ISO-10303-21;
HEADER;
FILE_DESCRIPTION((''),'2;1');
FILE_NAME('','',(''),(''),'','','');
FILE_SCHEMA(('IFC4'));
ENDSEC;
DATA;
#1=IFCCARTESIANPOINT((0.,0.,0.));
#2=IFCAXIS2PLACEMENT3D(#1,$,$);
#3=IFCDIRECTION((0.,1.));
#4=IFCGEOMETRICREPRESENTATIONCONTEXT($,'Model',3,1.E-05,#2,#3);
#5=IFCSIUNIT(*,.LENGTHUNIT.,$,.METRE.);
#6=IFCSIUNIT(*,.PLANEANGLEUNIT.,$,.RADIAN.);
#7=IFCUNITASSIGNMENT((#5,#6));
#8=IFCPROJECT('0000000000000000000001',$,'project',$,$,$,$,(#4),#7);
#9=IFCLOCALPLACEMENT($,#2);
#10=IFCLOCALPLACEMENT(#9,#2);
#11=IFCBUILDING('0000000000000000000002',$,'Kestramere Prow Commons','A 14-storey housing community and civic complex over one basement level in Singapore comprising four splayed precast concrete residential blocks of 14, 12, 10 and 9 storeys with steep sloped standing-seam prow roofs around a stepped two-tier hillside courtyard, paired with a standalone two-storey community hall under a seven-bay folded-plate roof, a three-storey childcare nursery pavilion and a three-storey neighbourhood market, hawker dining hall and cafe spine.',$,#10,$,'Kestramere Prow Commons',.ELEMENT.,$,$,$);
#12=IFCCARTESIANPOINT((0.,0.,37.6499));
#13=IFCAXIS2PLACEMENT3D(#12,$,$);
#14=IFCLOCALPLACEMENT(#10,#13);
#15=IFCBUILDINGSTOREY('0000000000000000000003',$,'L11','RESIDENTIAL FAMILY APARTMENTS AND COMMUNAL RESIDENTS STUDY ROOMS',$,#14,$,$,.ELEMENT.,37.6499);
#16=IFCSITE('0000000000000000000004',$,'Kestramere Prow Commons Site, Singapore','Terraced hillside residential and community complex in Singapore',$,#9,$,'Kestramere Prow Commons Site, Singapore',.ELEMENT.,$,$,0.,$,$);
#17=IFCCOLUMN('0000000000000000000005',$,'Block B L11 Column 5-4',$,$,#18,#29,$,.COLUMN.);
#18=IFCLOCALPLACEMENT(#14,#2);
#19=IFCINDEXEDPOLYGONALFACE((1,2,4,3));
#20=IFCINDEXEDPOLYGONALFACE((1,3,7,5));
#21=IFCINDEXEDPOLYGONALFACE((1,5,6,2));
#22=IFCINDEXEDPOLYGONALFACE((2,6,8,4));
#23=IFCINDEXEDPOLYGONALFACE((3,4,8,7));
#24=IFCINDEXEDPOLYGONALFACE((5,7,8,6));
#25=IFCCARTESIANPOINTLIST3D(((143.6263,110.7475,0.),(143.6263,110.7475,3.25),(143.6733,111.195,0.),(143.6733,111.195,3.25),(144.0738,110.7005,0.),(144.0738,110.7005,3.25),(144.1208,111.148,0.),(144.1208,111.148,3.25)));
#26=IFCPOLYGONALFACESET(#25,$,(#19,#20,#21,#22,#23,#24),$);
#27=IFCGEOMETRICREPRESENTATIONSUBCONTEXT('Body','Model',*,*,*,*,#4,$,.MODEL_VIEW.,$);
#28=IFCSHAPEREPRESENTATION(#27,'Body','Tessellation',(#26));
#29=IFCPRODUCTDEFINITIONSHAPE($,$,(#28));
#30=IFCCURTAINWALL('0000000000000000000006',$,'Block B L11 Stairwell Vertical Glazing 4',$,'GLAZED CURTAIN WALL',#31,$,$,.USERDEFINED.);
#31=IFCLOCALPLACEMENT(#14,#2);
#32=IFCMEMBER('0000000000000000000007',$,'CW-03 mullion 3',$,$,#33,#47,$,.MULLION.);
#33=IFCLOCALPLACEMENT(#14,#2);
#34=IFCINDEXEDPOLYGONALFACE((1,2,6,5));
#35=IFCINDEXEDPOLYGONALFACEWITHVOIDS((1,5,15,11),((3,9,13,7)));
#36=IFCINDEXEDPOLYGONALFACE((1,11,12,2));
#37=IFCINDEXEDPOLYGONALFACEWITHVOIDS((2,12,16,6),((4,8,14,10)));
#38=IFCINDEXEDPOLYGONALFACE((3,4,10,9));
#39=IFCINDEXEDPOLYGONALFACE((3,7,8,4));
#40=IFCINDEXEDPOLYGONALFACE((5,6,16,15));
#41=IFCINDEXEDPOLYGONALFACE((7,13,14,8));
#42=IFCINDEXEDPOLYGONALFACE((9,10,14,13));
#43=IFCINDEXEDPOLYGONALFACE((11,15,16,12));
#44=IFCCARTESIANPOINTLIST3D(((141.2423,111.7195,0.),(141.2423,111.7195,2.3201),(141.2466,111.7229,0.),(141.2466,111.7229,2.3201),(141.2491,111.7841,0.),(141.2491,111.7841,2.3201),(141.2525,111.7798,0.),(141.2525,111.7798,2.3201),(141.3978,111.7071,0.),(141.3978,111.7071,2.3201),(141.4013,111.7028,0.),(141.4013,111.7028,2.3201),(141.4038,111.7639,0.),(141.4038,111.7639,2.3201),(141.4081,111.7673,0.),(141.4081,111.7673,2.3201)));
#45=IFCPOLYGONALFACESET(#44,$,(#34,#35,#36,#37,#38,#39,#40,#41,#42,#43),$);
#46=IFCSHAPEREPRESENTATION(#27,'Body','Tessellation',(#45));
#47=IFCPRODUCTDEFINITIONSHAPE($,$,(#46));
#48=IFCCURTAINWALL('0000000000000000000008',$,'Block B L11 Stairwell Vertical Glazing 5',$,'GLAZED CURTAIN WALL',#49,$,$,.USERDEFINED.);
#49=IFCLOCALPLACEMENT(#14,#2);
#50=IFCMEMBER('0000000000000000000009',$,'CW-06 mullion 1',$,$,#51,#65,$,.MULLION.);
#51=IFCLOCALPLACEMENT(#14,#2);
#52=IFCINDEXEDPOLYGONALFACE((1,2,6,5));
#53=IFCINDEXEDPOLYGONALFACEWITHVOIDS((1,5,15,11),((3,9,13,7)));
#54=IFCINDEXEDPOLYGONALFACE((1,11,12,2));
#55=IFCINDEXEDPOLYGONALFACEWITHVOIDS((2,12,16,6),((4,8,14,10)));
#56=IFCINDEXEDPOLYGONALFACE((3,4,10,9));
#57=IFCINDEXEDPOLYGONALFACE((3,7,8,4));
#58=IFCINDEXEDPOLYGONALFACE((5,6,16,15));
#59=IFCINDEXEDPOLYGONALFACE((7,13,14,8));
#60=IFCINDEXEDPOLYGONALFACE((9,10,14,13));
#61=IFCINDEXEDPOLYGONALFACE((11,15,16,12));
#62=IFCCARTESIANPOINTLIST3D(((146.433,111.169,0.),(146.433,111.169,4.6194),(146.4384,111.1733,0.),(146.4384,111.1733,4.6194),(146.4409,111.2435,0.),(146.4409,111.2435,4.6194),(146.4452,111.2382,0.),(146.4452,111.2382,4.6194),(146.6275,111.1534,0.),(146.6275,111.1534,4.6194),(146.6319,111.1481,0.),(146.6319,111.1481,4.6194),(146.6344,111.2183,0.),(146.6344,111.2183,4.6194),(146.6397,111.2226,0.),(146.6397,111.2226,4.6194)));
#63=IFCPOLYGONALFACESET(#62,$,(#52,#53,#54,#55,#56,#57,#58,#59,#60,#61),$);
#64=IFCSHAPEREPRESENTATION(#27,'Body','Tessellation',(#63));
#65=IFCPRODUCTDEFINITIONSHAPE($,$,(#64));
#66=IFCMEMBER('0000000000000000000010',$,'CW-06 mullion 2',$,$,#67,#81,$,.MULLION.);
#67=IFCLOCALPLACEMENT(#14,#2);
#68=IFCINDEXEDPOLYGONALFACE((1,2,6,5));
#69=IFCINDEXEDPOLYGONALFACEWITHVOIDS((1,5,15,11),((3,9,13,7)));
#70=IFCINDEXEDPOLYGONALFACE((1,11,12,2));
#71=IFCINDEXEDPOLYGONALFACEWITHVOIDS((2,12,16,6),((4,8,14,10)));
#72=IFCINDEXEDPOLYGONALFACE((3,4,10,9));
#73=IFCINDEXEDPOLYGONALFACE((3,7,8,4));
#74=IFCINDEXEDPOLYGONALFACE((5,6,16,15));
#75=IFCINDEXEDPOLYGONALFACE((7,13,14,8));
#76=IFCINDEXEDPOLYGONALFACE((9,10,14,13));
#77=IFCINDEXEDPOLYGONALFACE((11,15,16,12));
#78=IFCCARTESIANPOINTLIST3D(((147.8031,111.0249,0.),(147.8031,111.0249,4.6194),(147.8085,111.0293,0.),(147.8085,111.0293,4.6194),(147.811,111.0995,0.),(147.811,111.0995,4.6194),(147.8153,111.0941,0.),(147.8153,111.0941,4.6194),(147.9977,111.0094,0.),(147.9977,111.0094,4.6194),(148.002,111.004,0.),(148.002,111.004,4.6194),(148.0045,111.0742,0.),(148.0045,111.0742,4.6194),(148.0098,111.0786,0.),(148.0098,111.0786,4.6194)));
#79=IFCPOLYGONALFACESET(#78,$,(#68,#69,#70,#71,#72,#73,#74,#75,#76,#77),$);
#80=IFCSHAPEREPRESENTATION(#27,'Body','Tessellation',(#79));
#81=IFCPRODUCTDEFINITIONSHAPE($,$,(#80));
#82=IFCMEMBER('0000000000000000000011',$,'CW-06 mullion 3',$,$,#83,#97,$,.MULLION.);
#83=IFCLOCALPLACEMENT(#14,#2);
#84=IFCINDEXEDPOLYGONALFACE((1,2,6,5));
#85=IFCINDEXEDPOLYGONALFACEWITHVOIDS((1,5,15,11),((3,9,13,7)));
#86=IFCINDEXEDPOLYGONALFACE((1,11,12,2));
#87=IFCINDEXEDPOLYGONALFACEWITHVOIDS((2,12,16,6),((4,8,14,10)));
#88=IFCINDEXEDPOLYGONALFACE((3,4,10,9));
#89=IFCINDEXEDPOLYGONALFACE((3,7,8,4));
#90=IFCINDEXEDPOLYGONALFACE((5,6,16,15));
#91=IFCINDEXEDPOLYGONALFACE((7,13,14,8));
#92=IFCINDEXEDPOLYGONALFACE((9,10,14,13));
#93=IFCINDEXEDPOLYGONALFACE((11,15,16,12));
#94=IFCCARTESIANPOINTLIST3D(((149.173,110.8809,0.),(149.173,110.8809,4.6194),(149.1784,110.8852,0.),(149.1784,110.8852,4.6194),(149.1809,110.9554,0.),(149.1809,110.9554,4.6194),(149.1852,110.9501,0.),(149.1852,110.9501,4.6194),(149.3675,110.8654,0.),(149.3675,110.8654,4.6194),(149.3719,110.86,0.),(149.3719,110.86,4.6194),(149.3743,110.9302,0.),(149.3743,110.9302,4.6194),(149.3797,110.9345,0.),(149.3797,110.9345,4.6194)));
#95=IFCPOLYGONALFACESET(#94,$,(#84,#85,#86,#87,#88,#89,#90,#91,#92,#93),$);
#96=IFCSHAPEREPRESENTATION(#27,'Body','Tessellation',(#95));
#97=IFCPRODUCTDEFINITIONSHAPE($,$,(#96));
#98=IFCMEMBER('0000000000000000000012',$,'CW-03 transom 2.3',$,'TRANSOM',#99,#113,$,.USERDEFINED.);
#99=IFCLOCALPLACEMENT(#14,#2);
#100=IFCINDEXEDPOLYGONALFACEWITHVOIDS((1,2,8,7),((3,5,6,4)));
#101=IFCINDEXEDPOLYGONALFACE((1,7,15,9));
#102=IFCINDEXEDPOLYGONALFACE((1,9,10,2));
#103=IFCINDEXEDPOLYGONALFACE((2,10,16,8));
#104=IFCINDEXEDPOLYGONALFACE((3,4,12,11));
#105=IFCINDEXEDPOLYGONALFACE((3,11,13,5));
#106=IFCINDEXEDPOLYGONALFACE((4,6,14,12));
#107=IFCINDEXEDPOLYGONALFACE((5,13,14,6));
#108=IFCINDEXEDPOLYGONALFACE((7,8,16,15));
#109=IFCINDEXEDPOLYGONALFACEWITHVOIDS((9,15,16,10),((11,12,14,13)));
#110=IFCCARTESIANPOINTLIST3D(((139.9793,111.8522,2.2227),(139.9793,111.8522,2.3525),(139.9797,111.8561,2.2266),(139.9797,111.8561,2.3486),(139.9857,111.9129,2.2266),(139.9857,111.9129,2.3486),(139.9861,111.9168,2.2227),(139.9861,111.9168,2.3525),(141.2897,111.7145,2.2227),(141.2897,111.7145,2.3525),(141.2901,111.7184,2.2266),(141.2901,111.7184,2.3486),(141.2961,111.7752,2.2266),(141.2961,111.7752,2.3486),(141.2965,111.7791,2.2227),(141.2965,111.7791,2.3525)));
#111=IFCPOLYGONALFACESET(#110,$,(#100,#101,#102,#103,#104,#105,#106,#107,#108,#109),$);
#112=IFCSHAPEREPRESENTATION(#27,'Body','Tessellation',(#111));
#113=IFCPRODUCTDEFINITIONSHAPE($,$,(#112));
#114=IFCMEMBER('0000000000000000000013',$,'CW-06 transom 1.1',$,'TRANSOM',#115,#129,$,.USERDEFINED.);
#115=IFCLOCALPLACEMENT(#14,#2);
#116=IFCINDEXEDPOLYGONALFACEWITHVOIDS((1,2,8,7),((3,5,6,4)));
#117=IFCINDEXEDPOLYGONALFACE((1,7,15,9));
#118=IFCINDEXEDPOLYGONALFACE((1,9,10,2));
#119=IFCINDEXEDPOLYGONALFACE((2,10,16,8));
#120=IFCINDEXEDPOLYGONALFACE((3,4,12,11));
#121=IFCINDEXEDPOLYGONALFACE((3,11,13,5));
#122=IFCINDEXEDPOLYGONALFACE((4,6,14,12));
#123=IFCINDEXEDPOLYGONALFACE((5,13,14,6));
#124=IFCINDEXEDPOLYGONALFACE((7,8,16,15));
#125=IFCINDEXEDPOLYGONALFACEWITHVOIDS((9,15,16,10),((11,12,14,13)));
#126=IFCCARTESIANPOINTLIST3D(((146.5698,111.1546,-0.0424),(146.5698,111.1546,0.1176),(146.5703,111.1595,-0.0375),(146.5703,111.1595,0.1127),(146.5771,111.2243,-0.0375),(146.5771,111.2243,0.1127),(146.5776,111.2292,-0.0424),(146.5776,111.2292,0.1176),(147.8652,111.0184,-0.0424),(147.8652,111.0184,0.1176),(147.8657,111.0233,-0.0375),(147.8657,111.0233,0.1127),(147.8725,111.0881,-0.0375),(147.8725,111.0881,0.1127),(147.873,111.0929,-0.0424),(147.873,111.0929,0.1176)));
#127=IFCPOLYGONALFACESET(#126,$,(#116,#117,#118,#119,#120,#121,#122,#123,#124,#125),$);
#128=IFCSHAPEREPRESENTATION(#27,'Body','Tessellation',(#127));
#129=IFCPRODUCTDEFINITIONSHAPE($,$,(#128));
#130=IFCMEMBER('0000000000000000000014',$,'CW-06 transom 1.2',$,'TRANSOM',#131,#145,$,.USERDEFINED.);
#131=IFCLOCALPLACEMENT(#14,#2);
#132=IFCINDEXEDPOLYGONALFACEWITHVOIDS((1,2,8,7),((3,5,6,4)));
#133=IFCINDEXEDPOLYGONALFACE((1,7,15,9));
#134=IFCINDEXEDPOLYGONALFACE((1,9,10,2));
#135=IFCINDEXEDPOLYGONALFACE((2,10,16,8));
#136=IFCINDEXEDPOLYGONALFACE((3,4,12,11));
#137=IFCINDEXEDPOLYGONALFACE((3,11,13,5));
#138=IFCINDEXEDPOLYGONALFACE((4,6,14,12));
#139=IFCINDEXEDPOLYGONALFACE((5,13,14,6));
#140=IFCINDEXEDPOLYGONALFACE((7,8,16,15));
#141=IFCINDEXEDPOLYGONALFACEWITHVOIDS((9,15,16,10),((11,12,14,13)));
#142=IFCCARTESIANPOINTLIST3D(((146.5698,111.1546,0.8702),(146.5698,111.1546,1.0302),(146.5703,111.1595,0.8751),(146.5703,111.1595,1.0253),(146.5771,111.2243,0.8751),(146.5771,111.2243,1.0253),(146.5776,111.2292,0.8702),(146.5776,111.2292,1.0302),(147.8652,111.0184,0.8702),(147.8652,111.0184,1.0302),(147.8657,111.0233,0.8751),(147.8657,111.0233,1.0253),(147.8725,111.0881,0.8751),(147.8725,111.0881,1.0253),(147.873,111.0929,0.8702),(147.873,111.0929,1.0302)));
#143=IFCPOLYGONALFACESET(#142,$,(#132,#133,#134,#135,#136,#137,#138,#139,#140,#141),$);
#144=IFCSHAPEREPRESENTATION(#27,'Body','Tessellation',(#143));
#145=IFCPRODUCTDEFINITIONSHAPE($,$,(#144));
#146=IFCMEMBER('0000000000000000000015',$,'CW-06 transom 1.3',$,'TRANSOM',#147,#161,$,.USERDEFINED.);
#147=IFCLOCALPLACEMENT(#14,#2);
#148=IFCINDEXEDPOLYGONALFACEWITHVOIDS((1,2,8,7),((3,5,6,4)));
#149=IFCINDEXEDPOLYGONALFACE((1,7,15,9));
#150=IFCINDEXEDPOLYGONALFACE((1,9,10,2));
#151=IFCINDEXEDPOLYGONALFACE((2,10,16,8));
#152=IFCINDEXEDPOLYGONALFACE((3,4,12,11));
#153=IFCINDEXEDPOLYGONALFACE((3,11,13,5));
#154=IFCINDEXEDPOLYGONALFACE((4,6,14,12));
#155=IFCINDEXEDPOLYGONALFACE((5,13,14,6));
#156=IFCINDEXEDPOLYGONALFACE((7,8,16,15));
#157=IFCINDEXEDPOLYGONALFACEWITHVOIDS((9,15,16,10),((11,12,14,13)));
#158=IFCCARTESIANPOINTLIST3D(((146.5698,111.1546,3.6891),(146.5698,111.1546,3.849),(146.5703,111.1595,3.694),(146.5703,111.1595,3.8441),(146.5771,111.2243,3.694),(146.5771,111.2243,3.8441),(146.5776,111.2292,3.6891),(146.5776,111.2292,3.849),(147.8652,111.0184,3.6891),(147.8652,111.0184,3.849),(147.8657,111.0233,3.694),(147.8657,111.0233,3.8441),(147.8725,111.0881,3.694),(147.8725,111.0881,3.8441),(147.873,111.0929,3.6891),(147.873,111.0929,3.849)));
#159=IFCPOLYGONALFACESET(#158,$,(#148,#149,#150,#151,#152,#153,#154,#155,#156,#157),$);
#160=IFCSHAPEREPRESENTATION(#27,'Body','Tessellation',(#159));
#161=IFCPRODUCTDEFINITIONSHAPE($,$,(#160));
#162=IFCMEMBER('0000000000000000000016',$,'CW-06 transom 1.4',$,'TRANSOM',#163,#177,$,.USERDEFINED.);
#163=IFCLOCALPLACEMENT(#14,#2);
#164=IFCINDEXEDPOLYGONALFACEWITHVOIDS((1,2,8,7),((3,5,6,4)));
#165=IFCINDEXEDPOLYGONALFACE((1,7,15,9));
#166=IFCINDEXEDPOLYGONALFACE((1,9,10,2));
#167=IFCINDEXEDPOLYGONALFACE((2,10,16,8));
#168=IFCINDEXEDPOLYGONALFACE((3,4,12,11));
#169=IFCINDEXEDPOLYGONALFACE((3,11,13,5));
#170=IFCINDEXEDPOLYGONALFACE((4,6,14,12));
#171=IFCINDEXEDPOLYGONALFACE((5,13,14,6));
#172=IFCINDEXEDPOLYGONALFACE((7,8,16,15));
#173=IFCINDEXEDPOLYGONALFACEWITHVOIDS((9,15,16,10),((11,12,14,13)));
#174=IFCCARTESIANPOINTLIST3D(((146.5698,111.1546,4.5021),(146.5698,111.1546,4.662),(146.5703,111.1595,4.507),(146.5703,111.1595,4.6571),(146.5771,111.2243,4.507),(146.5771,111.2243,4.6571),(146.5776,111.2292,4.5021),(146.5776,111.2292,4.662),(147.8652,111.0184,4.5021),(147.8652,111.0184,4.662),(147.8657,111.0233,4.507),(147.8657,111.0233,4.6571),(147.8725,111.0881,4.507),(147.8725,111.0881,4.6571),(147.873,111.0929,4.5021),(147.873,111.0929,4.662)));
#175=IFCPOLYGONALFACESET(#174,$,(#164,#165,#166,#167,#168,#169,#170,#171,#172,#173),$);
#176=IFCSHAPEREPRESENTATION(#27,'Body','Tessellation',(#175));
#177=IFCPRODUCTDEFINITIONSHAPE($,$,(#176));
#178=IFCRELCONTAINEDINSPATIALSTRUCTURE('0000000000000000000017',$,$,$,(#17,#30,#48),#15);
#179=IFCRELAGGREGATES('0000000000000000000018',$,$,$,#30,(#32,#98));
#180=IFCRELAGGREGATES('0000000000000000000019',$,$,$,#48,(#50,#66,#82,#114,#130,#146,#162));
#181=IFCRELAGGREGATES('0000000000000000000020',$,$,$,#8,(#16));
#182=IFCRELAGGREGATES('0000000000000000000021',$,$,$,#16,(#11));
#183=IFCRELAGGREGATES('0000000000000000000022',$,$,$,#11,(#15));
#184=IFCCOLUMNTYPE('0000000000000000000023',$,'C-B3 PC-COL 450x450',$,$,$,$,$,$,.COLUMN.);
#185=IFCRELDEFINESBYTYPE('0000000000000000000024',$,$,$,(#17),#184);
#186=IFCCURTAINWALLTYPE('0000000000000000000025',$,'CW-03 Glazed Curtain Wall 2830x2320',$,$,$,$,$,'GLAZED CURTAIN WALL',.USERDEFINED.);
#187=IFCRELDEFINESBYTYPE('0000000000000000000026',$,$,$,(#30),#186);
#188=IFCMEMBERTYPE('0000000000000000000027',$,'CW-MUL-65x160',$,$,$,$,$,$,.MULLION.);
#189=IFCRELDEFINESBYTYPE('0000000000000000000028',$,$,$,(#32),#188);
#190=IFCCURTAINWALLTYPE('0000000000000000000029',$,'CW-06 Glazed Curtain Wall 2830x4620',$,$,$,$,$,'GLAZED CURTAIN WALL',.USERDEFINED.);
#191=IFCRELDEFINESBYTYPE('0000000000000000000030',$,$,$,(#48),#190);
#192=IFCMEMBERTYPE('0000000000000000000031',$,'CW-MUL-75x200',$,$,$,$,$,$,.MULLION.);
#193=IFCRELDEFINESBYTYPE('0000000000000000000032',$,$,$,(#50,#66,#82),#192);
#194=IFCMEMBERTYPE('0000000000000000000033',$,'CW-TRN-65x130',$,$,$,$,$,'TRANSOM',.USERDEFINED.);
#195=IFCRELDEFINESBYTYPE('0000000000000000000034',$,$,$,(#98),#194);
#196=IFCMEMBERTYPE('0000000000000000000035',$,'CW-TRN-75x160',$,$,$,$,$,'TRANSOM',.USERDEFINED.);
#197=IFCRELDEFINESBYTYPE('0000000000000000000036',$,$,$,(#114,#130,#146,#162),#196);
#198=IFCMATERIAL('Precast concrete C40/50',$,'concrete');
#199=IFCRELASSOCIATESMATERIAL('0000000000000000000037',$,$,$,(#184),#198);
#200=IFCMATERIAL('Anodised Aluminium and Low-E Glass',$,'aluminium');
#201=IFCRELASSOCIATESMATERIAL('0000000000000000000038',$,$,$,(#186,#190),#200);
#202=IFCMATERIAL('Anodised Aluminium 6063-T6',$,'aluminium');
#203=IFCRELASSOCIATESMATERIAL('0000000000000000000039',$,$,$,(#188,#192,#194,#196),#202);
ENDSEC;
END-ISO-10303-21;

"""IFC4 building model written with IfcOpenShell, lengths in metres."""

from ifc_helpers import new_model, si_unit, direction, frame, origin, origin_2d, place, context, subcontext, project, spatial, rectangle, hollow_rectangle, extrude, material, material_profile, profile_set, type_object, element, aggregate, save


model = new_model("IFC4")

# Units and contexts
model_context = context("Model", 3, precision=1e-05, world=origin(), true_north=direction((0.0, 1.0)))
body_context = subcontext(model_context, "Body", "Model", "MODEL_VIEW")
ifc_project = project(units=[si_unit("LENGTHUNIT", "METRE"), si_unit("PLANEANGLEUNIT", "RADIAN")], contexts=[model_context])

# Site, building, storey
site_placement = place(None, origin())
site = spatial("IfcSite", under=ifc_project, at=site_placement, Name="Kestramere Prow Commons Site, Singapore", Description="Terraced hillside residential and community complex in Singapore", LongName="Kestramere Prow Commons Site, Singapore", CompositionType="ELEMENT", RefElevation=0.0)
building_placement = place(site_placement, origin())
building = spatial("IfcBuilding", under=site, at=building_placement, Name="Kestramere Prow Commons", Description="A 14-storey housing community and civic complex over one basement level in Singapore comprising four splayed precast concrete residential blocks of 14, 12, 10 and 9 storeys with steep sloped standing-seam prow roofs around a stepped two-tier hillside courtyard, paired with a standalone two-storey community hall under a seven-bay folded-plate roof, a three-storey childcare nursery pavilion and a three-storey neighbourhood market, hawker dining hall and cafe spine.", LongName="Kestramere Prow Commons", CompositionType="ELEMENT")
storey_placement = place(building_placement, frame((0.0, 0.0, 37.6499)))
storey = spatial("IfcBuildingStorey", under=building, at=storey_placement, Name="L11", Description="RESIDENTIAL FAMILY APARTMENTS AND COMMUNAL RESIDENTS STUDY ROOMS", CompositionType="ELEMENT", Elevation=37.6499)

# Column
ifc_material_1 = material(Name="Precast concrete C40/50", Category="concrete")
ifc_material_profile_1 = material_profile(ifc_material_1, rectangle(XDim=0.45, YDim=0.45, at=origin_2d()), Name="PC-COL 450x450")
ifc_profile_set_1 = profile_set([ifc_material_profile_1], Name="Precast concrete C40/50")
column_type = type_object("IfcColumnType", Name="C-B3 PC-COL 450x450", PredefinedType="COLUMN", material=ifc_profile_set_1)
column_placement = place(storey_placement, frame((143.8735, 110.9478, 0.0), z_axis=(0.0, 0.0, 1.0), x_axis=(0.994522, -0.104528, 0.0)))
element("IfcColumn", 1, at=column_placement, inside=storey, type_object=column_type, Name="Block B L11 Column 5-4", PredefinedType="COLUMN", context=body_context, shape_type="SweptSolid", body=[
    extrude(rectangle(XDim=0.45, YDim=0.45, at=origin_2d()), origin(), (0.0, 0.0, 1.0), 3.25),
])

# Curtain wall, member
ifc_material_2 = material(Name="Anodised Aluminium and Low-E Glass", Category="aluminium")
curtain_wall_type_1 = type_object("IfcCurtainWallType", Name="CW-03 Glazed Curtain Wall 2830x2320", ElementType="GLAZED CURTAIN WALL", PredefinedType="USERDEFINED", material=ifc_material_2)
curtain_wall_1_placement = place(storey_placement, origin())
curtain_wall_1 = element("IfcCurtainWall", 2, at=curtain_wall_1_placement, inside=storey, type_object=curtain_wall_type_1, Name="Block B L11 Stairwell Vertical Glazing 4", ObjectType="GLAZED CURTAIN WALL", PredefinedType="USERDEFINED")
ifc_material_3 = material(Name="Anodised Aluminium 6063-T6", Category="aluminium")
ifc_material_profile_2 = material_profile(ifc_material_3, hollow_rectangle(XDim=0.0649, YDim=0.1599, WallThickness=0.0039, at=origin_2d()), Name="ALU-MUL 65x160")
ifc_profile_set_2 = profile_set([ifc_material_profile_2], Name="Anodised Aluminium 6063-T6")
member_type_1 = type_object("IfcMemberType", Name="CW-MUL-65x160", PredefinedType="MULLION", material=ifc_profile_set_2)
member_1_placement = place(storey_placement, frame((141.3252, 111.7434, 0.0), z_axis=(0.0, 0.0, 1.0), x_axis=(0.104529, 0.994522, 0.0)))
member_1 = element("IfcMember", 3, at=member_1_placement, type_object=member_type_1, Name="CW-03 mullion 3", PredefinedType="MULLION", context=body_context, shape_type="SweptSolid", body=[
    extrude(hollow_rectangle(XDim=0.0649, YDim=0.1599, WallThickness=0.0039, at=origin_2d()), origin(), (0.0, 0.0, 1.0), 2.3201),
])

# Curtain wall, members
curtain_wall_type_2 = type_object("IfcCurtainWallType", Name="CW-06 Glazed Curtain Wall 2830x4620", ElementType="GLAZED CURTAIN WALL", PredefinedType="USERDEFINED", material=ifc_material_2)
curtain_wall_2_placement = place(storey_placement, origin())
curtain_wall_2 = element("IfcCurtainWall", 4, at=curtain_wall_2_placement, inside=storey, type_object=curtain_wall_type_2, Name="Block B L11 Stairwell Vertical Glazing 5", ObjectType="GLAZED CURTAIN WALL", PredefinedType="USERDEFINED")
ifc_material_profile_3 = material_profile(ifc_material_3, hollow_rectangle(XDim=0.075, YDim=0.2, WallThickness=0.0049, at=origin_2d()), Name="ALU-MUL 75x200")
ifc_profile_set_3 = profile_set([ifc_material_profile_3], Name="Anodised Aluminium 6063-T6")
member_type_2 = type_object("IfcMemberType", Name="CW-MUL-75x200", PredefinedType="MULLION", material=ifc_profile_set_3)
member_2_placement = place(storey_placement, frame((146.5364, 111.1958, 0.0), z_axis=(0.0, 0.0, 1.0), x_axis=(0.104528, 0.994522, 0.0)))
member_2 = element("IfcMember", 5, at=member_2_placement, type_object=member_type_2, Name="CW-06 mullion 1", PredefinedType="MULLION", context=body_context, shape_type="SweptSolid", body=[
    extrude(hollow_rectangle(XDim=0.075, YDim=0.2, WallThickness=0.0049, at=origin_2d()), origin(), (0.0, 0.0, 1.0), 4.6194),
])
member_3_placement = place(storey_placement, frame((147.9065, 111.0518, 0.0), z_axis=(0.0, 0.0, 1.0), x_axis=(0.104528, 0.994522, 0.0)))
member_3 = element("IfcMember", 6, at=member_3_placement, type_object=member_type_2, Name="CW-06 mullion 2", PredefinedType="MULLION", context=body_context, shape_type="SweptSolid", body=[
    extrude(hollow_rectangle(XDim=0.075, YDim=0.2, WallThickness=0.0049, at=origin_2d()), origin(), (0.0, 0.0, 1.0), 4.6194),
])
member_4_placement = place(storey_placement, frame((149.2764, 110.9077, 0.0), z_axis=(0.0, 0.0, 1.0), x_axis=(0.104528, 0.994522, 0.0)))
member_4 = element("IfcMember", 7, at=member_4_placement, type_object=member_type_2, Name="CW-06 mullion 3", PredefinedType="MULLION", context=body_context, shape_type="SweptSolid", body=[
    extrude(hollow_rectangle(XDim=0.075, YDim=0.2, WallThickness=0.0049, at=origin_2d()), origin(), (0.0, 0.0, 1.0), 4.6194),
])

# Members
ifc_material_profile_4 = material_profile(ifc_material_3, hollow_rectangle(XDim=0.0649, YDim=0.1299, WallThickness=0.0039, at=origin_2d()), Name="ALU-TRN 65x130")
ifc_profile_set_4 = profile_set([ifc_material_profile_4], Name="Anodised Aluminium 6063-T6")
member_type_3 = type_object("IfcMemberType", Name="CW-TRN-65x130", ElementType="TRANSOM", PredefinedType="USERDEFINED", material=ifc_profile_set_4)
member_5_placement = place(storey_placement, frame((139.9827, 111.8845, 2.2876), z_axis=(0.994524, -0.104511, 0.0), x_axis=(0.104511, 0.994524, 0.0)))
member_5 = element("IfcMember", 8, at=member_5_placement, type_object=member_type_3, Name="CW-03 transom 2.3", ObjectType="TRANSOM", PredefinedType="USERDEFINED", context=body_context, shape_type="SweptSolid", body=[
    extrude(hollow_rectangle(XDim=0.0649, YDim=0.1299, WallThickness=0.0039, at=origin_2d()), origin(), (0.0, 0.0, 1.0), 1.3176),
])
ifc_material_profile_5 = material_profile(ifc_material_3, hollow_rectangle(XDim=0.075, YDim=0.1599, WallThickness=0.0049, at=origin_2d()), Name="ALU-TRN 75x160")
ifc_profile_set_5 = profile_set([ifc_material_profile_5], Name="Anodised Aluminium 6063-T6")
member_type_4 = type_object("IfcMemberType", Name="CW-TRN-75x160", ElementType="TRANSOM", PredefinedType="USERDEFINED", material=ifc_profile_set_5)
member_6_placement = place(storey_placement, frame((146.5737, 111.1919, 0.0376), z_axis=(0.994516, -0.104587, 0.0), x_axis=(0.104587, 0.994516, 0.0)))
member_6 = element("IfcMember", 9, at=member_6_placement, type_object=member_type_4, Name="CW-06 transom 1.1", ObjectType="TRANSOM", PredefinedType="USERDEFINED", context=body_context, shape_type="SweptSolid", body=[
    extrude(hollow_rectangle(XDim=0.075, YDim=0.1599, WallThickness=0.0049, at=origin_2d()), origin(), (0.0, 0.0, 1.0), 1.3025),
])
member_7_placement = place(storey_placement, frame((146.5737, 111.1919, 0.9502), z_axis=(0.994516, -0.104587, 0.0), x_axis=(0.104587, 0.994516, 0.0)))
member_7 = element("IfcMember", 10, at=member_7_placement, type_object=member_type_4, Name="CW-06 transom 1.2", ObjectType="TRANSOM", PredefinedType="USERDEFINED", context=body_context, shape_type="SweptSolid", body=[
    extrude(hollow_rectangle(XDim=0.075, YDim=0.1599, WallThickness=0.0049, at=origin_2d()), origin(), (0.0, 0.0, 1.0), 1.3025),
])
member_8_placement = place(storey_placement, frame((146.5737, 111.1919, 3.769), z_axis=(0.994516, -0.104587, 0.0), x_axis=(0.104587, 0.994516, 0.0)))
member_8 = element("IfcMember", 11, at=member_8_placement, type_object=member_type_4, Name="CW-06 transom 1.3", ObjectType="TRANSOM", PredefinedType="USERDEFINED", context=body_context, shape_type="SweptSolid", body=[
    extrude(hollow_rectangle(XDim=0.075, YDim=0.1599, WallThickness=0.0049, at=origin_2d()), origin(), (0.0, 0.0, 1.0), 1.3025),
])
member_9_placement = place(storey_placement, frame((146.5737, 111.1919, 4.582), z_axis=(0.994516, -0.104587, 0.0), x_axis=(0.104587, 0.994516, 0.0)))
member_9 = element("IfcMember", 12, at=member_9_placement, type_object=member_type_4, Name="CW-06 transom 1.4", ObjectType="TRANSOM", PredefinedType="USERDEFINED", context=body_context, shape_type="SweptSolid", body=[
    extrude(hollow_rectangle(XDim=0.075, YDim=0.1599, WallThickness=0.0049, at=origin_2d()), origin(), (0.0, 0.0, 1.0), 1.3025),
])

aggregate(curtain_wall_1, [member_1, member_5])
aggregate(curtain_wall_2, [member_2, member_3, member_4, member_6, member_7, member_8, member_9])

save(model, "model.ifc")
